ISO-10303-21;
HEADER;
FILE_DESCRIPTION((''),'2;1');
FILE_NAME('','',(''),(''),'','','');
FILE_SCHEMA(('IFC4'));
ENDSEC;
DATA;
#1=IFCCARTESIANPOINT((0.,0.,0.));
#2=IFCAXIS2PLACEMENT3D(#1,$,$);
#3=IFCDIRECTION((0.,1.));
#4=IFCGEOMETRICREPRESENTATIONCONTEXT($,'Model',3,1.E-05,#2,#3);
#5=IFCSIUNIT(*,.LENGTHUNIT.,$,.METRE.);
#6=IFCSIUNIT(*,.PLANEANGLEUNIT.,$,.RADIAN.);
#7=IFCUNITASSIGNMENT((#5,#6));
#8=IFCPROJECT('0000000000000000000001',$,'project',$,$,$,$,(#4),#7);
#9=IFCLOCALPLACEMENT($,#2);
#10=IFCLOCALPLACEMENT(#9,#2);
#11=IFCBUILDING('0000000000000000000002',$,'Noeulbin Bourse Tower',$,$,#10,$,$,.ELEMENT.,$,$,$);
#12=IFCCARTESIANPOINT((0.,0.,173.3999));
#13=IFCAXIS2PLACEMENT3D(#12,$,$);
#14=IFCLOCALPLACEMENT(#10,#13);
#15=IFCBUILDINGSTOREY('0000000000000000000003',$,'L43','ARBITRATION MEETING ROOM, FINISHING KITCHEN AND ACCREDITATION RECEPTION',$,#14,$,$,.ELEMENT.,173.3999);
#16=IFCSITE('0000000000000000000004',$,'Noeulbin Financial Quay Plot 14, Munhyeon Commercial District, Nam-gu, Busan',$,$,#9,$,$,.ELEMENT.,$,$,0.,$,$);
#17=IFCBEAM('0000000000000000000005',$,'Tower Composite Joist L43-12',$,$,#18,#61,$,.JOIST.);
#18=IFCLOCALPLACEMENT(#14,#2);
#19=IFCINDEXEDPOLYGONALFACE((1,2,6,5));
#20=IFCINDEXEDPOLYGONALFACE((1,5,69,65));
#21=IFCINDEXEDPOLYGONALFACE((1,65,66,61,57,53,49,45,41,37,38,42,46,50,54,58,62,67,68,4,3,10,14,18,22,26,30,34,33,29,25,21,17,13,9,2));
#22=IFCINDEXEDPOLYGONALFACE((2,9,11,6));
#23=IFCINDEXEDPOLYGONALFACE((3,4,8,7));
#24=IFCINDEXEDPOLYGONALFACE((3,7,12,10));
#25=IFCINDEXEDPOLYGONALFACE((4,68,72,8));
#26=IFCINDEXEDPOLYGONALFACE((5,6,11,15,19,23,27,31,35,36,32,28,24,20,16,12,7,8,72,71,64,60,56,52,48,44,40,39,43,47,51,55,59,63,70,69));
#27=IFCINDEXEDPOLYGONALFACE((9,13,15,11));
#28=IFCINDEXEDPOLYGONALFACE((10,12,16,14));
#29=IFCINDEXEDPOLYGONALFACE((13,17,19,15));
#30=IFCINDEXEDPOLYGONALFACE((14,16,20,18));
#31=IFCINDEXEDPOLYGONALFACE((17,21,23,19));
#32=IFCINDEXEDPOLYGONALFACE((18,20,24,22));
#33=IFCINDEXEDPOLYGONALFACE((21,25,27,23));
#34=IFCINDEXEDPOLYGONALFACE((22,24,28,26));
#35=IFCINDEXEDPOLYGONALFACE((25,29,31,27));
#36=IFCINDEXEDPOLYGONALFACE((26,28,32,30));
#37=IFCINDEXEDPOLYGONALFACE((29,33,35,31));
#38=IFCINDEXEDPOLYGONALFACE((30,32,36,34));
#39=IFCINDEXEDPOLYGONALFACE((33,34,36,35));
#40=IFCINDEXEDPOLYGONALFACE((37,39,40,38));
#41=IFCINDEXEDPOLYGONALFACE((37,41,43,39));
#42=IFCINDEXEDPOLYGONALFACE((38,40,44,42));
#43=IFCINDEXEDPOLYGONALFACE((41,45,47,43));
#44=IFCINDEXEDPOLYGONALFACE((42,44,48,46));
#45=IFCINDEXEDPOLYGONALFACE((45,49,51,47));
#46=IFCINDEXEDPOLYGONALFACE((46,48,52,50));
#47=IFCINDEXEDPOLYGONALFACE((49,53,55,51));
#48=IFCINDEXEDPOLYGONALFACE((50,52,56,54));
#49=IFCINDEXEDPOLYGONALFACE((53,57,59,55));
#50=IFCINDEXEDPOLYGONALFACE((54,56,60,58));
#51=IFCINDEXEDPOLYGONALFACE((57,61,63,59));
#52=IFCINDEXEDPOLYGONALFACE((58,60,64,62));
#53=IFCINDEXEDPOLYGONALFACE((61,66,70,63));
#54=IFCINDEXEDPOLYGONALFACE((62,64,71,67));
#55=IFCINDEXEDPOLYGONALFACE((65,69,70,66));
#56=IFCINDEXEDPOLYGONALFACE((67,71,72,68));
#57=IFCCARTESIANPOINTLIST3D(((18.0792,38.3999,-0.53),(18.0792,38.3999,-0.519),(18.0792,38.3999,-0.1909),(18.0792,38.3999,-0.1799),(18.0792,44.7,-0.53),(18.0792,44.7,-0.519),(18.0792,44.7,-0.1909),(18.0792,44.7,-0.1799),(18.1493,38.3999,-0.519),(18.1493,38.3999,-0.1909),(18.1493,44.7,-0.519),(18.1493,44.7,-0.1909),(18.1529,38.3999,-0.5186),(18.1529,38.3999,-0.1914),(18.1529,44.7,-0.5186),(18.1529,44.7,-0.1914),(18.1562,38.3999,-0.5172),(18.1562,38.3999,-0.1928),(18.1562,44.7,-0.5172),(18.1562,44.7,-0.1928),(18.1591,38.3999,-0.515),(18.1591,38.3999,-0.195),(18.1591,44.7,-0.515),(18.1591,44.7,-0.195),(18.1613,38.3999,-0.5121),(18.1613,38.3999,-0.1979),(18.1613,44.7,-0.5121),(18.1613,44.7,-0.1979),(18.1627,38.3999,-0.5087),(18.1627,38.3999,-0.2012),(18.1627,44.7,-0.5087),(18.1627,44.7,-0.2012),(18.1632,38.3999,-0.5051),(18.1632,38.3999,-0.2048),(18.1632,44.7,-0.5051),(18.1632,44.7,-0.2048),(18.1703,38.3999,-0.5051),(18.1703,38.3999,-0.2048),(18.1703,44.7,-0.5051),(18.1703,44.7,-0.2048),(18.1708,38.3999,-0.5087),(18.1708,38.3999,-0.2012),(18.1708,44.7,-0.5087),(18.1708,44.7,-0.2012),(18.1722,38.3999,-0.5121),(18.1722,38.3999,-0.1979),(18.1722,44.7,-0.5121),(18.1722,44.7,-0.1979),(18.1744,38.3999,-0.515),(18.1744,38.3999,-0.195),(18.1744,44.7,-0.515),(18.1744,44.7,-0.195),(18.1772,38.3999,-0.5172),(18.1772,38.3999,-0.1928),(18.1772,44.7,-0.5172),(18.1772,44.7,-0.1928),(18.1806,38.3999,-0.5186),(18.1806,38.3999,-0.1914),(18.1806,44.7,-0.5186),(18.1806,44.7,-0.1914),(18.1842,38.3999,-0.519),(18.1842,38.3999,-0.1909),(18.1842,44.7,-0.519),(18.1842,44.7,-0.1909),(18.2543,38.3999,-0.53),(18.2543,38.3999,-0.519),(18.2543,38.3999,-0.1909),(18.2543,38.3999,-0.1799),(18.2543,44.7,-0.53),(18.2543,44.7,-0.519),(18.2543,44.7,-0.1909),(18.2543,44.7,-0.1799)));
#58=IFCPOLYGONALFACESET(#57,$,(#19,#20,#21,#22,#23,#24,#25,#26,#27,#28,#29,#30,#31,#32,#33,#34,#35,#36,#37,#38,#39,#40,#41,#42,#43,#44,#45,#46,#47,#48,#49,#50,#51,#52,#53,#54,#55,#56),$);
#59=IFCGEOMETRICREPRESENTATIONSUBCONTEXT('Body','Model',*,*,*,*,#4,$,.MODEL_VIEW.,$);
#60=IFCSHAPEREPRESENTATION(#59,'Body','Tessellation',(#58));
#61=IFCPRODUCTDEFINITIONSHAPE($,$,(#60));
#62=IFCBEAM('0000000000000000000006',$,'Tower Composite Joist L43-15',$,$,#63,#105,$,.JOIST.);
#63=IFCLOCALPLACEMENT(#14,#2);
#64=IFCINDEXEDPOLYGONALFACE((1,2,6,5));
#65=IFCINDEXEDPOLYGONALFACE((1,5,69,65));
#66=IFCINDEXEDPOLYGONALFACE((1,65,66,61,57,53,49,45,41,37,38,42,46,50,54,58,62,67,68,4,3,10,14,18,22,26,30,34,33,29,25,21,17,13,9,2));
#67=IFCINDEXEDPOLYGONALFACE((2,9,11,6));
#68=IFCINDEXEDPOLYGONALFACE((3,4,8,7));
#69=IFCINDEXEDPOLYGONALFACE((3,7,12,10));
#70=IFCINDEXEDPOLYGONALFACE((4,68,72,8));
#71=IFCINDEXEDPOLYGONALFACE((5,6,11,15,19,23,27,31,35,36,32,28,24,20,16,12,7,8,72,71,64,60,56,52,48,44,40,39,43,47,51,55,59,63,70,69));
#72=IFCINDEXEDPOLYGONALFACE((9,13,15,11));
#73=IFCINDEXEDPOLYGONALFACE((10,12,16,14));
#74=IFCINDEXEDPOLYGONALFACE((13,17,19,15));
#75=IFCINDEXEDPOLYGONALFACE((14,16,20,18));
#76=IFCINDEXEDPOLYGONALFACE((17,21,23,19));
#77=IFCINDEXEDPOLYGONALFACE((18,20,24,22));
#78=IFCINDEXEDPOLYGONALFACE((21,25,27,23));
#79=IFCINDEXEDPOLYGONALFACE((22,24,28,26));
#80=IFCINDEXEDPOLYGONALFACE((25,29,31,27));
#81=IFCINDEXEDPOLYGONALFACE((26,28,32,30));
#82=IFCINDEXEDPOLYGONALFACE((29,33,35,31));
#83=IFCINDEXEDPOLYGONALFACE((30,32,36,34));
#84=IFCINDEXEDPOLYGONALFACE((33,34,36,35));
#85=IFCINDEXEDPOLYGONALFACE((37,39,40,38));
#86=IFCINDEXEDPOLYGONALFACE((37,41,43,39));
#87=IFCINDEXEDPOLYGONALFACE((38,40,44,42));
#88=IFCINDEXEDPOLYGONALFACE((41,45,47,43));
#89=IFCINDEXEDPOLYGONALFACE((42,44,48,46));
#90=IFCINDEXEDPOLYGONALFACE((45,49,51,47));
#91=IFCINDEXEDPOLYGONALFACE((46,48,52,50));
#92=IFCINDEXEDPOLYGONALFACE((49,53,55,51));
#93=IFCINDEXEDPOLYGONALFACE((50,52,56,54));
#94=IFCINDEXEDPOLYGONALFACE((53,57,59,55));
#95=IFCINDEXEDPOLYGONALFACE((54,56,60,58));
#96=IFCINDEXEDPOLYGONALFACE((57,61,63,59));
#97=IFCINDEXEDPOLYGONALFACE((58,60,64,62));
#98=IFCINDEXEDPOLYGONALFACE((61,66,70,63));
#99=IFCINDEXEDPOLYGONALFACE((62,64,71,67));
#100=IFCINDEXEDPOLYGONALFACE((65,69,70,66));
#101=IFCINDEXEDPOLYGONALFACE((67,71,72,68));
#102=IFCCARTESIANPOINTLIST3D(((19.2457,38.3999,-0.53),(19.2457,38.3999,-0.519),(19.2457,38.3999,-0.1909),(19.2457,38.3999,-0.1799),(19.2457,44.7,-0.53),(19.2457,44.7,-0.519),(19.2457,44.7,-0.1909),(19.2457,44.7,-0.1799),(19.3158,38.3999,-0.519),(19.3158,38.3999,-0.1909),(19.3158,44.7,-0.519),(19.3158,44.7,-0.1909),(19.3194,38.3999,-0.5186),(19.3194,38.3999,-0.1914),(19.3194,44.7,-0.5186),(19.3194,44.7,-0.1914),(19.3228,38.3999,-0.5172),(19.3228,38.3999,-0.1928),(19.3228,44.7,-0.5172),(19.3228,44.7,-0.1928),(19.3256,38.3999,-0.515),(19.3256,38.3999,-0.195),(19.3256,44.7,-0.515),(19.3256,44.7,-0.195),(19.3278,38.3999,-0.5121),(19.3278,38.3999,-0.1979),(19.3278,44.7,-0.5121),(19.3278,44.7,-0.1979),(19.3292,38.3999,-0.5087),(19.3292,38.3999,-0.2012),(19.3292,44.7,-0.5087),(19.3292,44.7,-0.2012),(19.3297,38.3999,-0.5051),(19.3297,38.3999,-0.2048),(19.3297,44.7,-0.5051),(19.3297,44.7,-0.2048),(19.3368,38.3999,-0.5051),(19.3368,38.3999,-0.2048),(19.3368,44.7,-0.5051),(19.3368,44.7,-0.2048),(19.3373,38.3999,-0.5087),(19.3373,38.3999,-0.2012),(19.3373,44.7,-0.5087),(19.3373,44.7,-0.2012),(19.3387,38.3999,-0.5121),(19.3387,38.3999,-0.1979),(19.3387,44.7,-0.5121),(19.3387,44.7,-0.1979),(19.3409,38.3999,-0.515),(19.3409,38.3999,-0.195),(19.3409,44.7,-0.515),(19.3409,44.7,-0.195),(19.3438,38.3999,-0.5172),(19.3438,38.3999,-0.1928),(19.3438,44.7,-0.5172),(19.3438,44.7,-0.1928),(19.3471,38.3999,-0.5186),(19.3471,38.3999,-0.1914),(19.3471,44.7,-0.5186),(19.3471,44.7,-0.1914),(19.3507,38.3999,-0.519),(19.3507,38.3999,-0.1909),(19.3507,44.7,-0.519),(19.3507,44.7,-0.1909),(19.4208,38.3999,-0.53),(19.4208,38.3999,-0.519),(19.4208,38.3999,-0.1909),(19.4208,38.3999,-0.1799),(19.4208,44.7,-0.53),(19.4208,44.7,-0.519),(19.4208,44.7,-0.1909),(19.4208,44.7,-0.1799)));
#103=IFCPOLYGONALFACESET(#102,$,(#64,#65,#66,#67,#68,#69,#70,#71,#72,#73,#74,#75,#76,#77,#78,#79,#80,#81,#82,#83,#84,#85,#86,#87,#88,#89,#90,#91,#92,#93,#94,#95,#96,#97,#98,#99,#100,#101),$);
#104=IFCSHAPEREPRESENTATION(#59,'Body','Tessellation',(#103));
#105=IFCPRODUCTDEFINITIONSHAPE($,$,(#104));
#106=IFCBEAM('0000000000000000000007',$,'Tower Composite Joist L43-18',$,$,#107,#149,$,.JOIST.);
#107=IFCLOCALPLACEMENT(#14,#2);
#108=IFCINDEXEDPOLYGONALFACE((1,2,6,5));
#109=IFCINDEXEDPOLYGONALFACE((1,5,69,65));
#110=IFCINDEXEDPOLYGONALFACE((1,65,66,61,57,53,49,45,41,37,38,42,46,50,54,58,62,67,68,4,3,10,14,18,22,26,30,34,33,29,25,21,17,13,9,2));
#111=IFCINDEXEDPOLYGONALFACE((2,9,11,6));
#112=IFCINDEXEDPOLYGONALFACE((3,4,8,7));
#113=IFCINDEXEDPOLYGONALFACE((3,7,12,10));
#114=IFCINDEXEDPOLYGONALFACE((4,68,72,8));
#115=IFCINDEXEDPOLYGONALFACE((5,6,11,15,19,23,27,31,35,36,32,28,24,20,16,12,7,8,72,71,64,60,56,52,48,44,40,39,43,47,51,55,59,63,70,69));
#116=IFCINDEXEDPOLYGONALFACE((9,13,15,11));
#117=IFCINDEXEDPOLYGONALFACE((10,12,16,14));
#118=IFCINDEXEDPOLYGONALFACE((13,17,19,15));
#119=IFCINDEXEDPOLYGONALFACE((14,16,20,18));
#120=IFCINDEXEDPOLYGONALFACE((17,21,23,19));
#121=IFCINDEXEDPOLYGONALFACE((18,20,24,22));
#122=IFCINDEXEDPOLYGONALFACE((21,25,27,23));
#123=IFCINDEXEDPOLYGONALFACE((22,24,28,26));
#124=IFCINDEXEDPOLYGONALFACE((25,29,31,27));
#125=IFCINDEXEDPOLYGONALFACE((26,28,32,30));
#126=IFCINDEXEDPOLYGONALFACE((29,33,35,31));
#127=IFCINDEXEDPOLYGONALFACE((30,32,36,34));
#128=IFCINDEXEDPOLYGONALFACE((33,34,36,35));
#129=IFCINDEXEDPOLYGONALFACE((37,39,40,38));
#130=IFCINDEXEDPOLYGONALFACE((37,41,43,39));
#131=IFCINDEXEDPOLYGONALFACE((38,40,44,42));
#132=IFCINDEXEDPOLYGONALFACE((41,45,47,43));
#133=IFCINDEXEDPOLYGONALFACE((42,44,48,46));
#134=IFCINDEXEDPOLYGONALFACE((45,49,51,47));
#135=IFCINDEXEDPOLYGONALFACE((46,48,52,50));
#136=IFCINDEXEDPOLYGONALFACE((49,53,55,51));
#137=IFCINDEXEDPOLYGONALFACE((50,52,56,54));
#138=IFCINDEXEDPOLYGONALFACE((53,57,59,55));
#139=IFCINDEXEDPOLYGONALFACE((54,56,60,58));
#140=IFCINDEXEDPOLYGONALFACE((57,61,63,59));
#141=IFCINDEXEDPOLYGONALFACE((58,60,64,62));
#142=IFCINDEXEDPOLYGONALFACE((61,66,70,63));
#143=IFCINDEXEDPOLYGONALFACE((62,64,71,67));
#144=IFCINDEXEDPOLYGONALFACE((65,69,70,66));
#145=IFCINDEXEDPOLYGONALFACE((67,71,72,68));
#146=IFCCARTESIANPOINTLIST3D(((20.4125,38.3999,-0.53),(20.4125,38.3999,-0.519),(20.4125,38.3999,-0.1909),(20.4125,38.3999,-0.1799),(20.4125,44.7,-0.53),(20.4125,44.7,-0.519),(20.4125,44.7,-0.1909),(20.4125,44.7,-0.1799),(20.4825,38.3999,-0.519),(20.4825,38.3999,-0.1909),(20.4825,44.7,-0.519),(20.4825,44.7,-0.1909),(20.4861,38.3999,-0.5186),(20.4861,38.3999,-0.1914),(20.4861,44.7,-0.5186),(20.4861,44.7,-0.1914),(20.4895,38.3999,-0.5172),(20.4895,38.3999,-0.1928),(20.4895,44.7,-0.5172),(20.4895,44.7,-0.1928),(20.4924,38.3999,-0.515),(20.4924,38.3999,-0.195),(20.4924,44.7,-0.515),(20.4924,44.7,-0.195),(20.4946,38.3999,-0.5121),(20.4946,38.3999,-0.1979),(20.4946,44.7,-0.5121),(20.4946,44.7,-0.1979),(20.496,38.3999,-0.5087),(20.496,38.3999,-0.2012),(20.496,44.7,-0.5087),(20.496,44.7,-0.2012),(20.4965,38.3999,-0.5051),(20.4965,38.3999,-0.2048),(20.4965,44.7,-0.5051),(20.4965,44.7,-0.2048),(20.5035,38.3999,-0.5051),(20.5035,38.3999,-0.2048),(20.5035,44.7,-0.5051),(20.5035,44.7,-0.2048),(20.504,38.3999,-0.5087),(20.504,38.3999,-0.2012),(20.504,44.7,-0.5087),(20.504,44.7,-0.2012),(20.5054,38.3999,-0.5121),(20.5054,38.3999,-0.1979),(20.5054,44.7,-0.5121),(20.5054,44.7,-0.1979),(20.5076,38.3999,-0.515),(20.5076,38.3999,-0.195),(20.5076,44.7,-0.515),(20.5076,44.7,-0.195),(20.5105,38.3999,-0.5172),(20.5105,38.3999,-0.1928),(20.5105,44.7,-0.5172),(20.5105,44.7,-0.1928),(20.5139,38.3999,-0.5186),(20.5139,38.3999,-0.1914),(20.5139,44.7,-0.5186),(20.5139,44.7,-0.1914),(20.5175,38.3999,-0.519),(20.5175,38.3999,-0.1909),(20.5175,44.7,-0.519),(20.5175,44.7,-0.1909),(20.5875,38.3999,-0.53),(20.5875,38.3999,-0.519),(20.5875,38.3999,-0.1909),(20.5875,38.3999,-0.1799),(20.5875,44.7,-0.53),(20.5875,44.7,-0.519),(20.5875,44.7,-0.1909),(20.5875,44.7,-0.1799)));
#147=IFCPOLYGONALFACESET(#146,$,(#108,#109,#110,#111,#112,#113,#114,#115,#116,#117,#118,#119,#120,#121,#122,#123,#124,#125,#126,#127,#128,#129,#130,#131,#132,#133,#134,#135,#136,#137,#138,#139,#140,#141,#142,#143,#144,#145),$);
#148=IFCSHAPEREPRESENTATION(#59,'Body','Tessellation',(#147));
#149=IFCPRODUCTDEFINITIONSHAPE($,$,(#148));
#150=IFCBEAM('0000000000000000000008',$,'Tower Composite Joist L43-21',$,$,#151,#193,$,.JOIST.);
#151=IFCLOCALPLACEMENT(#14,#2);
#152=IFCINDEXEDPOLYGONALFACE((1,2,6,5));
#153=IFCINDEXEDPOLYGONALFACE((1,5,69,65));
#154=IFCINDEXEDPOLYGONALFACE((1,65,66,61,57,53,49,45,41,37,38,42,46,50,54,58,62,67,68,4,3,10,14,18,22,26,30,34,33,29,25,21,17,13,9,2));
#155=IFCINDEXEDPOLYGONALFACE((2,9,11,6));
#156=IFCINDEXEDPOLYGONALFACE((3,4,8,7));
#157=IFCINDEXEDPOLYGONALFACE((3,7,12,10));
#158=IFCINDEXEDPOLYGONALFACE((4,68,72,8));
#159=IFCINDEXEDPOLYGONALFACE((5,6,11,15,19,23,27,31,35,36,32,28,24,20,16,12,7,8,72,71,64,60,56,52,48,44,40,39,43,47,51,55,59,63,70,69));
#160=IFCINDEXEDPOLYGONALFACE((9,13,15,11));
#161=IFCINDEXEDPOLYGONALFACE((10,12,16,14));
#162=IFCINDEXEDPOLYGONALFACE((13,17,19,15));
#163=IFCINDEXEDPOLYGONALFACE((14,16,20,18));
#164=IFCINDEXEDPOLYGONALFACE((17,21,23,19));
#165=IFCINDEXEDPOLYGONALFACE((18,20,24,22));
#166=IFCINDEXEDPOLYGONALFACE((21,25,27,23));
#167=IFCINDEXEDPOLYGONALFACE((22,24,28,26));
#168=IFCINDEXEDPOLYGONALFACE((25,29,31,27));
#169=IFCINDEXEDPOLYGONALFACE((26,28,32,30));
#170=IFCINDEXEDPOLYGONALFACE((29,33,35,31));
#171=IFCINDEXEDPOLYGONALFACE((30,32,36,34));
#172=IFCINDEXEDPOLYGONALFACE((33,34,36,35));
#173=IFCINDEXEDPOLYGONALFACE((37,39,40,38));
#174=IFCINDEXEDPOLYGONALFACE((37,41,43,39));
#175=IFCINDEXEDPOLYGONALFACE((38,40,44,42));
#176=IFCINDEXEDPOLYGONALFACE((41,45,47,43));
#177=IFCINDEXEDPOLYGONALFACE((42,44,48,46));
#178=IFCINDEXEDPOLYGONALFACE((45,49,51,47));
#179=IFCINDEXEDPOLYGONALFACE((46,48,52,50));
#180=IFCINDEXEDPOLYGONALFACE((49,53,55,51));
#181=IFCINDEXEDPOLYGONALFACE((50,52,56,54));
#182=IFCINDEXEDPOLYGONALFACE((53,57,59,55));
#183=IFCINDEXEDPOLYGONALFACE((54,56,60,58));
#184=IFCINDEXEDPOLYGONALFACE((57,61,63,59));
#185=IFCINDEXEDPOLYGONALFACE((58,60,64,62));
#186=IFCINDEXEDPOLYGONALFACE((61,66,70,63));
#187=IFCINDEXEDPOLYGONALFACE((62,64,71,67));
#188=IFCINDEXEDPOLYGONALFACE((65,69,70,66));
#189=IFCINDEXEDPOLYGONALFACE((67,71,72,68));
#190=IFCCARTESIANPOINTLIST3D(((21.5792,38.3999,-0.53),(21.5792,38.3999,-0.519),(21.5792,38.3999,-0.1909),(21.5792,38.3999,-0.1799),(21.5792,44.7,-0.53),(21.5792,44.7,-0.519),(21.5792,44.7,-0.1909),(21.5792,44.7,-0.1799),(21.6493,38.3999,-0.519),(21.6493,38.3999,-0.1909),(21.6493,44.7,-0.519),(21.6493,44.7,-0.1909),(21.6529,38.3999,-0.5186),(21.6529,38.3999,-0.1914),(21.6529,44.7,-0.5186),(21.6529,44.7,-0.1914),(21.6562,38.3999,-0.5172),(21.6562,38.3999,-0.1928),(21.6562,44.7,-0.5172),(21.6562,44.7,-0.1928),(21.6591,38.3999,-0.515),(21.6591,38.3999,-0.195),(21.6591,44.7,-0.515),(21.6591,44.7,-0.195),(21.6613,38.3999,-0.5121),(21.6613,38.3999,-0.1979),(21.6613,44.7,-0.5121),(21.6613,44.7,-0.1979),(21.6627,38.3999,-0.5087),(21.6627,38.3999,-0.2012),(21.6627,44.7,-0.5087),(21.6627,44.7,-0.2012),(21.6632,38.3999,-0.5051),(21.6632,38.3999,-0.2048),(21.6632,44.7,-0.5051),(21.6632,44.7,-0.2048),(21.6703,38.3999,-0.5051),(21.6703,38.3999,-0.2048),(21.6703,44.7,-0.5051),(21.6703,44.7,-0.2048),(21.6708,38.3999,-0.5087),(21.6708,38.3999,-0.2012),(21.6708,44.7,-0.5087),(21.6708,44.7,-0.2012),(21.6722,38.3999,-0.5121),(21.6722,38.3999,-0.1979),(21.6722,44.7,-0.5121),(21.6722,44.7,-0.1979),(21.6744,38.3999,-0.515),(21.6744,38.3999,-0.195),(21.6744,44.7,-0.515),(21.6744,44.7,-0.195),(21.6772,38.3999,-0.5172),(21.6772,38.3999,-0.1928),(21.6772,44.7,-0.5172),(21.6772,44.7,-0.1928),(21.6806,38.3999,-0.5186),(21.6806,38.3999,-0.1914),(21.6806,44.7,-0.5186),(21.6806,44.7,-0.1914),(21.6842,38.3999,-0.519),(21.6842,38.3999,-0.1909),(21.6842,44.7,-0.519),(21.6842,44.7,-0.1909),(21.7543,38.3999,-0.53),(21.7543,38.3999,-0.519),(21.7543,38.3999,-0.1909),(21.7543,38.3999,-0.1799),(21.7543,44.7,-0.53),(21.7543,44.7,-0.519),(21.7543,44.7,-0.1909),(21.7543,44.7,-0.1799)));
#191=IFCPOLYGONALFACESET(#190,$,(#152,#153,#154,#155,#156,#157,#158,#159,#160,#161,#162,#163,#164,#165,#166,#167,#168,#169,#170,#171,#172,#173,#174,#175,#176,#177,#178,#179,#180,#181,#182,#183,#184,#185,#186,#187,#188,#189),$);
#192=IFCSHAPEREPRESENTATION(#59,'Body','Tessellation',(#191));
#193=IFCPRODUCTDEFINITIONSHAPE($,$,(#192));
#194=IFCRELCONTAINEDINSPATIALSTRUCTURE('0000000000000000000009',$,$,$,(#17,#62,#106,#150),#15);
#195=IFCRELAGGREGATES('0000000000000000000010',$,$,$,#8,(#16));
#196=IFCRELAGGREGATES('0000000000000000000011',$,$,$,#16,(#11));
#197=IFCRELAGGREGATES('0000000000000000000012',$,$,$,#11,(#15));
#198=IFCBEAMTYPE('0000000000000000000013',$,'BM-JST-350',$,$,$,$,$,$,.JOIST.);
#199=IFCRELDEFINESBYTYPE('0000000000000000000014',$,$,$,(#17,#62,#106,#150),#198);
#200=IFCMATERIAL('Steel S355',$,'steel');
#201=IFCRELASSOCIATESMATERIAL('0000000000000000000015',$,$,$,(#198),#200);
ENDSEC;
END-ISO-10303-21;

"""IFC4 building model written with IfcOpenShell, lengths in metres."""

from ifc_helpers import new_model, si_unit, direction, frame, origin, origin_2d, place, context, subcontext, project, spatial, i_section, extrude, material, material_profile, profile_set, type_object, element, save


model = new_model("IFC4")

# Units and contexts
model_context = context("Model", 3, precision=1e-05, world=origin(), true_north=direction((0.0, 1.0)))
body_context = subcontext(model_context, "Body", "Model", "MODEL_VIEW")
ifc_project = project(units=[si_unit("LENGTHUNIT", "METRE"), si_unit("PLANEANGLEUNIT", "RADIAN")], contexts=[model_context])

# Site, building, storey
site_placement = place(None, origin())
site = spatial("IfcSite", under=ifc_project, at=site_placement, Name="Noeulbin Financial Quay Plot 14, Munhyeon Commercial District, Nam-gu, Busan", CompositionType="ELEMENT", RefElevation=0.0)
building_placement = place(site_placement, origin())
building = spatial("IfcBuilding", under=site, at=building_placement, Name="Noeulbin Bourse Tower", CompositionType="ELEMENT")
storey_placement = place(building_placement, frame((0.0, 0.0, 173.3999)))
storey = spatial("IfcBuildingStorey", under=building, at=storey_placement, Name="L43", Description="ARBITRATION MEETING ROOM, FINISHING KITCHEN AND ACCREDITATION RECEPTION", CompositionType="ELEMENT", Elevation=173.3999)

# Shared definitions
ifc_material_1 = material(Name="Steel S355", Category="steel")

# Beams
ifc_material_profile_1 = material_profile(ifc_material_1, i_section(OverallWidth=0.175, OverallDepth=0.3501, WebThickness=0.0071, FlangeThickness=0.011, FilletRadius=0.0139, at=origin_2d()), Name="H-350x175x7x11", Category="LoadBearing")
ifc_profile_set_1 = profile_set([ifc_material_profile_1], Name="Steel S355")
beam_type_1 = type_object("IfcBeamType", Name="BM-JST-350", PredefinedType="JOIST", material=ifc_profile_set_1)
for number, where, z_axis, x_axis, name in (
    (1, (18.1667, 38.3999, -0.355), (0.0, 1.0, 0.0), (-1.0, 0.0, 0.0), "Tower Composite Joist L43-12"),
    (2, (19.3333, 38.3999, -0.355), (0.0, 1.0, 0.0), (-1.0, 0.0, 0.0), "Tower Composite Joist L43-15"),
    (3, (20.5, 38.3999, -0.355), (0.0, 1.0, 0.0), (-1.0, 0.0, 0.0), "Tower Composite Joist L43-18"),
    (4, (21.6667, 38.3999, -0.355), (0.0, 1.0, 0.0), (-1.0, 0.0, 0.0), "Tower Composite Joist L43-21"),
):
    element("IfcBeam", number, at=place(storey_placement, frame(where, z_axis=z_axis, x_axis=x_axis)), inside=storey, type_object=beam_type_1, Name=name, PredefinedType="JOIST", context=body_context, shape_type="SweptSolid", body=[
        extrude(i_section(OverallWidth=0.175, OverallDepth=0.3501, WebThickness=0.0071, FlangeThickness=0.011, FilletRadius=0.0139, at=origin_2d()), origin(), (0.0, 0.0, 1.0), 6.3),
    ])

save(model, "model.ifc")
